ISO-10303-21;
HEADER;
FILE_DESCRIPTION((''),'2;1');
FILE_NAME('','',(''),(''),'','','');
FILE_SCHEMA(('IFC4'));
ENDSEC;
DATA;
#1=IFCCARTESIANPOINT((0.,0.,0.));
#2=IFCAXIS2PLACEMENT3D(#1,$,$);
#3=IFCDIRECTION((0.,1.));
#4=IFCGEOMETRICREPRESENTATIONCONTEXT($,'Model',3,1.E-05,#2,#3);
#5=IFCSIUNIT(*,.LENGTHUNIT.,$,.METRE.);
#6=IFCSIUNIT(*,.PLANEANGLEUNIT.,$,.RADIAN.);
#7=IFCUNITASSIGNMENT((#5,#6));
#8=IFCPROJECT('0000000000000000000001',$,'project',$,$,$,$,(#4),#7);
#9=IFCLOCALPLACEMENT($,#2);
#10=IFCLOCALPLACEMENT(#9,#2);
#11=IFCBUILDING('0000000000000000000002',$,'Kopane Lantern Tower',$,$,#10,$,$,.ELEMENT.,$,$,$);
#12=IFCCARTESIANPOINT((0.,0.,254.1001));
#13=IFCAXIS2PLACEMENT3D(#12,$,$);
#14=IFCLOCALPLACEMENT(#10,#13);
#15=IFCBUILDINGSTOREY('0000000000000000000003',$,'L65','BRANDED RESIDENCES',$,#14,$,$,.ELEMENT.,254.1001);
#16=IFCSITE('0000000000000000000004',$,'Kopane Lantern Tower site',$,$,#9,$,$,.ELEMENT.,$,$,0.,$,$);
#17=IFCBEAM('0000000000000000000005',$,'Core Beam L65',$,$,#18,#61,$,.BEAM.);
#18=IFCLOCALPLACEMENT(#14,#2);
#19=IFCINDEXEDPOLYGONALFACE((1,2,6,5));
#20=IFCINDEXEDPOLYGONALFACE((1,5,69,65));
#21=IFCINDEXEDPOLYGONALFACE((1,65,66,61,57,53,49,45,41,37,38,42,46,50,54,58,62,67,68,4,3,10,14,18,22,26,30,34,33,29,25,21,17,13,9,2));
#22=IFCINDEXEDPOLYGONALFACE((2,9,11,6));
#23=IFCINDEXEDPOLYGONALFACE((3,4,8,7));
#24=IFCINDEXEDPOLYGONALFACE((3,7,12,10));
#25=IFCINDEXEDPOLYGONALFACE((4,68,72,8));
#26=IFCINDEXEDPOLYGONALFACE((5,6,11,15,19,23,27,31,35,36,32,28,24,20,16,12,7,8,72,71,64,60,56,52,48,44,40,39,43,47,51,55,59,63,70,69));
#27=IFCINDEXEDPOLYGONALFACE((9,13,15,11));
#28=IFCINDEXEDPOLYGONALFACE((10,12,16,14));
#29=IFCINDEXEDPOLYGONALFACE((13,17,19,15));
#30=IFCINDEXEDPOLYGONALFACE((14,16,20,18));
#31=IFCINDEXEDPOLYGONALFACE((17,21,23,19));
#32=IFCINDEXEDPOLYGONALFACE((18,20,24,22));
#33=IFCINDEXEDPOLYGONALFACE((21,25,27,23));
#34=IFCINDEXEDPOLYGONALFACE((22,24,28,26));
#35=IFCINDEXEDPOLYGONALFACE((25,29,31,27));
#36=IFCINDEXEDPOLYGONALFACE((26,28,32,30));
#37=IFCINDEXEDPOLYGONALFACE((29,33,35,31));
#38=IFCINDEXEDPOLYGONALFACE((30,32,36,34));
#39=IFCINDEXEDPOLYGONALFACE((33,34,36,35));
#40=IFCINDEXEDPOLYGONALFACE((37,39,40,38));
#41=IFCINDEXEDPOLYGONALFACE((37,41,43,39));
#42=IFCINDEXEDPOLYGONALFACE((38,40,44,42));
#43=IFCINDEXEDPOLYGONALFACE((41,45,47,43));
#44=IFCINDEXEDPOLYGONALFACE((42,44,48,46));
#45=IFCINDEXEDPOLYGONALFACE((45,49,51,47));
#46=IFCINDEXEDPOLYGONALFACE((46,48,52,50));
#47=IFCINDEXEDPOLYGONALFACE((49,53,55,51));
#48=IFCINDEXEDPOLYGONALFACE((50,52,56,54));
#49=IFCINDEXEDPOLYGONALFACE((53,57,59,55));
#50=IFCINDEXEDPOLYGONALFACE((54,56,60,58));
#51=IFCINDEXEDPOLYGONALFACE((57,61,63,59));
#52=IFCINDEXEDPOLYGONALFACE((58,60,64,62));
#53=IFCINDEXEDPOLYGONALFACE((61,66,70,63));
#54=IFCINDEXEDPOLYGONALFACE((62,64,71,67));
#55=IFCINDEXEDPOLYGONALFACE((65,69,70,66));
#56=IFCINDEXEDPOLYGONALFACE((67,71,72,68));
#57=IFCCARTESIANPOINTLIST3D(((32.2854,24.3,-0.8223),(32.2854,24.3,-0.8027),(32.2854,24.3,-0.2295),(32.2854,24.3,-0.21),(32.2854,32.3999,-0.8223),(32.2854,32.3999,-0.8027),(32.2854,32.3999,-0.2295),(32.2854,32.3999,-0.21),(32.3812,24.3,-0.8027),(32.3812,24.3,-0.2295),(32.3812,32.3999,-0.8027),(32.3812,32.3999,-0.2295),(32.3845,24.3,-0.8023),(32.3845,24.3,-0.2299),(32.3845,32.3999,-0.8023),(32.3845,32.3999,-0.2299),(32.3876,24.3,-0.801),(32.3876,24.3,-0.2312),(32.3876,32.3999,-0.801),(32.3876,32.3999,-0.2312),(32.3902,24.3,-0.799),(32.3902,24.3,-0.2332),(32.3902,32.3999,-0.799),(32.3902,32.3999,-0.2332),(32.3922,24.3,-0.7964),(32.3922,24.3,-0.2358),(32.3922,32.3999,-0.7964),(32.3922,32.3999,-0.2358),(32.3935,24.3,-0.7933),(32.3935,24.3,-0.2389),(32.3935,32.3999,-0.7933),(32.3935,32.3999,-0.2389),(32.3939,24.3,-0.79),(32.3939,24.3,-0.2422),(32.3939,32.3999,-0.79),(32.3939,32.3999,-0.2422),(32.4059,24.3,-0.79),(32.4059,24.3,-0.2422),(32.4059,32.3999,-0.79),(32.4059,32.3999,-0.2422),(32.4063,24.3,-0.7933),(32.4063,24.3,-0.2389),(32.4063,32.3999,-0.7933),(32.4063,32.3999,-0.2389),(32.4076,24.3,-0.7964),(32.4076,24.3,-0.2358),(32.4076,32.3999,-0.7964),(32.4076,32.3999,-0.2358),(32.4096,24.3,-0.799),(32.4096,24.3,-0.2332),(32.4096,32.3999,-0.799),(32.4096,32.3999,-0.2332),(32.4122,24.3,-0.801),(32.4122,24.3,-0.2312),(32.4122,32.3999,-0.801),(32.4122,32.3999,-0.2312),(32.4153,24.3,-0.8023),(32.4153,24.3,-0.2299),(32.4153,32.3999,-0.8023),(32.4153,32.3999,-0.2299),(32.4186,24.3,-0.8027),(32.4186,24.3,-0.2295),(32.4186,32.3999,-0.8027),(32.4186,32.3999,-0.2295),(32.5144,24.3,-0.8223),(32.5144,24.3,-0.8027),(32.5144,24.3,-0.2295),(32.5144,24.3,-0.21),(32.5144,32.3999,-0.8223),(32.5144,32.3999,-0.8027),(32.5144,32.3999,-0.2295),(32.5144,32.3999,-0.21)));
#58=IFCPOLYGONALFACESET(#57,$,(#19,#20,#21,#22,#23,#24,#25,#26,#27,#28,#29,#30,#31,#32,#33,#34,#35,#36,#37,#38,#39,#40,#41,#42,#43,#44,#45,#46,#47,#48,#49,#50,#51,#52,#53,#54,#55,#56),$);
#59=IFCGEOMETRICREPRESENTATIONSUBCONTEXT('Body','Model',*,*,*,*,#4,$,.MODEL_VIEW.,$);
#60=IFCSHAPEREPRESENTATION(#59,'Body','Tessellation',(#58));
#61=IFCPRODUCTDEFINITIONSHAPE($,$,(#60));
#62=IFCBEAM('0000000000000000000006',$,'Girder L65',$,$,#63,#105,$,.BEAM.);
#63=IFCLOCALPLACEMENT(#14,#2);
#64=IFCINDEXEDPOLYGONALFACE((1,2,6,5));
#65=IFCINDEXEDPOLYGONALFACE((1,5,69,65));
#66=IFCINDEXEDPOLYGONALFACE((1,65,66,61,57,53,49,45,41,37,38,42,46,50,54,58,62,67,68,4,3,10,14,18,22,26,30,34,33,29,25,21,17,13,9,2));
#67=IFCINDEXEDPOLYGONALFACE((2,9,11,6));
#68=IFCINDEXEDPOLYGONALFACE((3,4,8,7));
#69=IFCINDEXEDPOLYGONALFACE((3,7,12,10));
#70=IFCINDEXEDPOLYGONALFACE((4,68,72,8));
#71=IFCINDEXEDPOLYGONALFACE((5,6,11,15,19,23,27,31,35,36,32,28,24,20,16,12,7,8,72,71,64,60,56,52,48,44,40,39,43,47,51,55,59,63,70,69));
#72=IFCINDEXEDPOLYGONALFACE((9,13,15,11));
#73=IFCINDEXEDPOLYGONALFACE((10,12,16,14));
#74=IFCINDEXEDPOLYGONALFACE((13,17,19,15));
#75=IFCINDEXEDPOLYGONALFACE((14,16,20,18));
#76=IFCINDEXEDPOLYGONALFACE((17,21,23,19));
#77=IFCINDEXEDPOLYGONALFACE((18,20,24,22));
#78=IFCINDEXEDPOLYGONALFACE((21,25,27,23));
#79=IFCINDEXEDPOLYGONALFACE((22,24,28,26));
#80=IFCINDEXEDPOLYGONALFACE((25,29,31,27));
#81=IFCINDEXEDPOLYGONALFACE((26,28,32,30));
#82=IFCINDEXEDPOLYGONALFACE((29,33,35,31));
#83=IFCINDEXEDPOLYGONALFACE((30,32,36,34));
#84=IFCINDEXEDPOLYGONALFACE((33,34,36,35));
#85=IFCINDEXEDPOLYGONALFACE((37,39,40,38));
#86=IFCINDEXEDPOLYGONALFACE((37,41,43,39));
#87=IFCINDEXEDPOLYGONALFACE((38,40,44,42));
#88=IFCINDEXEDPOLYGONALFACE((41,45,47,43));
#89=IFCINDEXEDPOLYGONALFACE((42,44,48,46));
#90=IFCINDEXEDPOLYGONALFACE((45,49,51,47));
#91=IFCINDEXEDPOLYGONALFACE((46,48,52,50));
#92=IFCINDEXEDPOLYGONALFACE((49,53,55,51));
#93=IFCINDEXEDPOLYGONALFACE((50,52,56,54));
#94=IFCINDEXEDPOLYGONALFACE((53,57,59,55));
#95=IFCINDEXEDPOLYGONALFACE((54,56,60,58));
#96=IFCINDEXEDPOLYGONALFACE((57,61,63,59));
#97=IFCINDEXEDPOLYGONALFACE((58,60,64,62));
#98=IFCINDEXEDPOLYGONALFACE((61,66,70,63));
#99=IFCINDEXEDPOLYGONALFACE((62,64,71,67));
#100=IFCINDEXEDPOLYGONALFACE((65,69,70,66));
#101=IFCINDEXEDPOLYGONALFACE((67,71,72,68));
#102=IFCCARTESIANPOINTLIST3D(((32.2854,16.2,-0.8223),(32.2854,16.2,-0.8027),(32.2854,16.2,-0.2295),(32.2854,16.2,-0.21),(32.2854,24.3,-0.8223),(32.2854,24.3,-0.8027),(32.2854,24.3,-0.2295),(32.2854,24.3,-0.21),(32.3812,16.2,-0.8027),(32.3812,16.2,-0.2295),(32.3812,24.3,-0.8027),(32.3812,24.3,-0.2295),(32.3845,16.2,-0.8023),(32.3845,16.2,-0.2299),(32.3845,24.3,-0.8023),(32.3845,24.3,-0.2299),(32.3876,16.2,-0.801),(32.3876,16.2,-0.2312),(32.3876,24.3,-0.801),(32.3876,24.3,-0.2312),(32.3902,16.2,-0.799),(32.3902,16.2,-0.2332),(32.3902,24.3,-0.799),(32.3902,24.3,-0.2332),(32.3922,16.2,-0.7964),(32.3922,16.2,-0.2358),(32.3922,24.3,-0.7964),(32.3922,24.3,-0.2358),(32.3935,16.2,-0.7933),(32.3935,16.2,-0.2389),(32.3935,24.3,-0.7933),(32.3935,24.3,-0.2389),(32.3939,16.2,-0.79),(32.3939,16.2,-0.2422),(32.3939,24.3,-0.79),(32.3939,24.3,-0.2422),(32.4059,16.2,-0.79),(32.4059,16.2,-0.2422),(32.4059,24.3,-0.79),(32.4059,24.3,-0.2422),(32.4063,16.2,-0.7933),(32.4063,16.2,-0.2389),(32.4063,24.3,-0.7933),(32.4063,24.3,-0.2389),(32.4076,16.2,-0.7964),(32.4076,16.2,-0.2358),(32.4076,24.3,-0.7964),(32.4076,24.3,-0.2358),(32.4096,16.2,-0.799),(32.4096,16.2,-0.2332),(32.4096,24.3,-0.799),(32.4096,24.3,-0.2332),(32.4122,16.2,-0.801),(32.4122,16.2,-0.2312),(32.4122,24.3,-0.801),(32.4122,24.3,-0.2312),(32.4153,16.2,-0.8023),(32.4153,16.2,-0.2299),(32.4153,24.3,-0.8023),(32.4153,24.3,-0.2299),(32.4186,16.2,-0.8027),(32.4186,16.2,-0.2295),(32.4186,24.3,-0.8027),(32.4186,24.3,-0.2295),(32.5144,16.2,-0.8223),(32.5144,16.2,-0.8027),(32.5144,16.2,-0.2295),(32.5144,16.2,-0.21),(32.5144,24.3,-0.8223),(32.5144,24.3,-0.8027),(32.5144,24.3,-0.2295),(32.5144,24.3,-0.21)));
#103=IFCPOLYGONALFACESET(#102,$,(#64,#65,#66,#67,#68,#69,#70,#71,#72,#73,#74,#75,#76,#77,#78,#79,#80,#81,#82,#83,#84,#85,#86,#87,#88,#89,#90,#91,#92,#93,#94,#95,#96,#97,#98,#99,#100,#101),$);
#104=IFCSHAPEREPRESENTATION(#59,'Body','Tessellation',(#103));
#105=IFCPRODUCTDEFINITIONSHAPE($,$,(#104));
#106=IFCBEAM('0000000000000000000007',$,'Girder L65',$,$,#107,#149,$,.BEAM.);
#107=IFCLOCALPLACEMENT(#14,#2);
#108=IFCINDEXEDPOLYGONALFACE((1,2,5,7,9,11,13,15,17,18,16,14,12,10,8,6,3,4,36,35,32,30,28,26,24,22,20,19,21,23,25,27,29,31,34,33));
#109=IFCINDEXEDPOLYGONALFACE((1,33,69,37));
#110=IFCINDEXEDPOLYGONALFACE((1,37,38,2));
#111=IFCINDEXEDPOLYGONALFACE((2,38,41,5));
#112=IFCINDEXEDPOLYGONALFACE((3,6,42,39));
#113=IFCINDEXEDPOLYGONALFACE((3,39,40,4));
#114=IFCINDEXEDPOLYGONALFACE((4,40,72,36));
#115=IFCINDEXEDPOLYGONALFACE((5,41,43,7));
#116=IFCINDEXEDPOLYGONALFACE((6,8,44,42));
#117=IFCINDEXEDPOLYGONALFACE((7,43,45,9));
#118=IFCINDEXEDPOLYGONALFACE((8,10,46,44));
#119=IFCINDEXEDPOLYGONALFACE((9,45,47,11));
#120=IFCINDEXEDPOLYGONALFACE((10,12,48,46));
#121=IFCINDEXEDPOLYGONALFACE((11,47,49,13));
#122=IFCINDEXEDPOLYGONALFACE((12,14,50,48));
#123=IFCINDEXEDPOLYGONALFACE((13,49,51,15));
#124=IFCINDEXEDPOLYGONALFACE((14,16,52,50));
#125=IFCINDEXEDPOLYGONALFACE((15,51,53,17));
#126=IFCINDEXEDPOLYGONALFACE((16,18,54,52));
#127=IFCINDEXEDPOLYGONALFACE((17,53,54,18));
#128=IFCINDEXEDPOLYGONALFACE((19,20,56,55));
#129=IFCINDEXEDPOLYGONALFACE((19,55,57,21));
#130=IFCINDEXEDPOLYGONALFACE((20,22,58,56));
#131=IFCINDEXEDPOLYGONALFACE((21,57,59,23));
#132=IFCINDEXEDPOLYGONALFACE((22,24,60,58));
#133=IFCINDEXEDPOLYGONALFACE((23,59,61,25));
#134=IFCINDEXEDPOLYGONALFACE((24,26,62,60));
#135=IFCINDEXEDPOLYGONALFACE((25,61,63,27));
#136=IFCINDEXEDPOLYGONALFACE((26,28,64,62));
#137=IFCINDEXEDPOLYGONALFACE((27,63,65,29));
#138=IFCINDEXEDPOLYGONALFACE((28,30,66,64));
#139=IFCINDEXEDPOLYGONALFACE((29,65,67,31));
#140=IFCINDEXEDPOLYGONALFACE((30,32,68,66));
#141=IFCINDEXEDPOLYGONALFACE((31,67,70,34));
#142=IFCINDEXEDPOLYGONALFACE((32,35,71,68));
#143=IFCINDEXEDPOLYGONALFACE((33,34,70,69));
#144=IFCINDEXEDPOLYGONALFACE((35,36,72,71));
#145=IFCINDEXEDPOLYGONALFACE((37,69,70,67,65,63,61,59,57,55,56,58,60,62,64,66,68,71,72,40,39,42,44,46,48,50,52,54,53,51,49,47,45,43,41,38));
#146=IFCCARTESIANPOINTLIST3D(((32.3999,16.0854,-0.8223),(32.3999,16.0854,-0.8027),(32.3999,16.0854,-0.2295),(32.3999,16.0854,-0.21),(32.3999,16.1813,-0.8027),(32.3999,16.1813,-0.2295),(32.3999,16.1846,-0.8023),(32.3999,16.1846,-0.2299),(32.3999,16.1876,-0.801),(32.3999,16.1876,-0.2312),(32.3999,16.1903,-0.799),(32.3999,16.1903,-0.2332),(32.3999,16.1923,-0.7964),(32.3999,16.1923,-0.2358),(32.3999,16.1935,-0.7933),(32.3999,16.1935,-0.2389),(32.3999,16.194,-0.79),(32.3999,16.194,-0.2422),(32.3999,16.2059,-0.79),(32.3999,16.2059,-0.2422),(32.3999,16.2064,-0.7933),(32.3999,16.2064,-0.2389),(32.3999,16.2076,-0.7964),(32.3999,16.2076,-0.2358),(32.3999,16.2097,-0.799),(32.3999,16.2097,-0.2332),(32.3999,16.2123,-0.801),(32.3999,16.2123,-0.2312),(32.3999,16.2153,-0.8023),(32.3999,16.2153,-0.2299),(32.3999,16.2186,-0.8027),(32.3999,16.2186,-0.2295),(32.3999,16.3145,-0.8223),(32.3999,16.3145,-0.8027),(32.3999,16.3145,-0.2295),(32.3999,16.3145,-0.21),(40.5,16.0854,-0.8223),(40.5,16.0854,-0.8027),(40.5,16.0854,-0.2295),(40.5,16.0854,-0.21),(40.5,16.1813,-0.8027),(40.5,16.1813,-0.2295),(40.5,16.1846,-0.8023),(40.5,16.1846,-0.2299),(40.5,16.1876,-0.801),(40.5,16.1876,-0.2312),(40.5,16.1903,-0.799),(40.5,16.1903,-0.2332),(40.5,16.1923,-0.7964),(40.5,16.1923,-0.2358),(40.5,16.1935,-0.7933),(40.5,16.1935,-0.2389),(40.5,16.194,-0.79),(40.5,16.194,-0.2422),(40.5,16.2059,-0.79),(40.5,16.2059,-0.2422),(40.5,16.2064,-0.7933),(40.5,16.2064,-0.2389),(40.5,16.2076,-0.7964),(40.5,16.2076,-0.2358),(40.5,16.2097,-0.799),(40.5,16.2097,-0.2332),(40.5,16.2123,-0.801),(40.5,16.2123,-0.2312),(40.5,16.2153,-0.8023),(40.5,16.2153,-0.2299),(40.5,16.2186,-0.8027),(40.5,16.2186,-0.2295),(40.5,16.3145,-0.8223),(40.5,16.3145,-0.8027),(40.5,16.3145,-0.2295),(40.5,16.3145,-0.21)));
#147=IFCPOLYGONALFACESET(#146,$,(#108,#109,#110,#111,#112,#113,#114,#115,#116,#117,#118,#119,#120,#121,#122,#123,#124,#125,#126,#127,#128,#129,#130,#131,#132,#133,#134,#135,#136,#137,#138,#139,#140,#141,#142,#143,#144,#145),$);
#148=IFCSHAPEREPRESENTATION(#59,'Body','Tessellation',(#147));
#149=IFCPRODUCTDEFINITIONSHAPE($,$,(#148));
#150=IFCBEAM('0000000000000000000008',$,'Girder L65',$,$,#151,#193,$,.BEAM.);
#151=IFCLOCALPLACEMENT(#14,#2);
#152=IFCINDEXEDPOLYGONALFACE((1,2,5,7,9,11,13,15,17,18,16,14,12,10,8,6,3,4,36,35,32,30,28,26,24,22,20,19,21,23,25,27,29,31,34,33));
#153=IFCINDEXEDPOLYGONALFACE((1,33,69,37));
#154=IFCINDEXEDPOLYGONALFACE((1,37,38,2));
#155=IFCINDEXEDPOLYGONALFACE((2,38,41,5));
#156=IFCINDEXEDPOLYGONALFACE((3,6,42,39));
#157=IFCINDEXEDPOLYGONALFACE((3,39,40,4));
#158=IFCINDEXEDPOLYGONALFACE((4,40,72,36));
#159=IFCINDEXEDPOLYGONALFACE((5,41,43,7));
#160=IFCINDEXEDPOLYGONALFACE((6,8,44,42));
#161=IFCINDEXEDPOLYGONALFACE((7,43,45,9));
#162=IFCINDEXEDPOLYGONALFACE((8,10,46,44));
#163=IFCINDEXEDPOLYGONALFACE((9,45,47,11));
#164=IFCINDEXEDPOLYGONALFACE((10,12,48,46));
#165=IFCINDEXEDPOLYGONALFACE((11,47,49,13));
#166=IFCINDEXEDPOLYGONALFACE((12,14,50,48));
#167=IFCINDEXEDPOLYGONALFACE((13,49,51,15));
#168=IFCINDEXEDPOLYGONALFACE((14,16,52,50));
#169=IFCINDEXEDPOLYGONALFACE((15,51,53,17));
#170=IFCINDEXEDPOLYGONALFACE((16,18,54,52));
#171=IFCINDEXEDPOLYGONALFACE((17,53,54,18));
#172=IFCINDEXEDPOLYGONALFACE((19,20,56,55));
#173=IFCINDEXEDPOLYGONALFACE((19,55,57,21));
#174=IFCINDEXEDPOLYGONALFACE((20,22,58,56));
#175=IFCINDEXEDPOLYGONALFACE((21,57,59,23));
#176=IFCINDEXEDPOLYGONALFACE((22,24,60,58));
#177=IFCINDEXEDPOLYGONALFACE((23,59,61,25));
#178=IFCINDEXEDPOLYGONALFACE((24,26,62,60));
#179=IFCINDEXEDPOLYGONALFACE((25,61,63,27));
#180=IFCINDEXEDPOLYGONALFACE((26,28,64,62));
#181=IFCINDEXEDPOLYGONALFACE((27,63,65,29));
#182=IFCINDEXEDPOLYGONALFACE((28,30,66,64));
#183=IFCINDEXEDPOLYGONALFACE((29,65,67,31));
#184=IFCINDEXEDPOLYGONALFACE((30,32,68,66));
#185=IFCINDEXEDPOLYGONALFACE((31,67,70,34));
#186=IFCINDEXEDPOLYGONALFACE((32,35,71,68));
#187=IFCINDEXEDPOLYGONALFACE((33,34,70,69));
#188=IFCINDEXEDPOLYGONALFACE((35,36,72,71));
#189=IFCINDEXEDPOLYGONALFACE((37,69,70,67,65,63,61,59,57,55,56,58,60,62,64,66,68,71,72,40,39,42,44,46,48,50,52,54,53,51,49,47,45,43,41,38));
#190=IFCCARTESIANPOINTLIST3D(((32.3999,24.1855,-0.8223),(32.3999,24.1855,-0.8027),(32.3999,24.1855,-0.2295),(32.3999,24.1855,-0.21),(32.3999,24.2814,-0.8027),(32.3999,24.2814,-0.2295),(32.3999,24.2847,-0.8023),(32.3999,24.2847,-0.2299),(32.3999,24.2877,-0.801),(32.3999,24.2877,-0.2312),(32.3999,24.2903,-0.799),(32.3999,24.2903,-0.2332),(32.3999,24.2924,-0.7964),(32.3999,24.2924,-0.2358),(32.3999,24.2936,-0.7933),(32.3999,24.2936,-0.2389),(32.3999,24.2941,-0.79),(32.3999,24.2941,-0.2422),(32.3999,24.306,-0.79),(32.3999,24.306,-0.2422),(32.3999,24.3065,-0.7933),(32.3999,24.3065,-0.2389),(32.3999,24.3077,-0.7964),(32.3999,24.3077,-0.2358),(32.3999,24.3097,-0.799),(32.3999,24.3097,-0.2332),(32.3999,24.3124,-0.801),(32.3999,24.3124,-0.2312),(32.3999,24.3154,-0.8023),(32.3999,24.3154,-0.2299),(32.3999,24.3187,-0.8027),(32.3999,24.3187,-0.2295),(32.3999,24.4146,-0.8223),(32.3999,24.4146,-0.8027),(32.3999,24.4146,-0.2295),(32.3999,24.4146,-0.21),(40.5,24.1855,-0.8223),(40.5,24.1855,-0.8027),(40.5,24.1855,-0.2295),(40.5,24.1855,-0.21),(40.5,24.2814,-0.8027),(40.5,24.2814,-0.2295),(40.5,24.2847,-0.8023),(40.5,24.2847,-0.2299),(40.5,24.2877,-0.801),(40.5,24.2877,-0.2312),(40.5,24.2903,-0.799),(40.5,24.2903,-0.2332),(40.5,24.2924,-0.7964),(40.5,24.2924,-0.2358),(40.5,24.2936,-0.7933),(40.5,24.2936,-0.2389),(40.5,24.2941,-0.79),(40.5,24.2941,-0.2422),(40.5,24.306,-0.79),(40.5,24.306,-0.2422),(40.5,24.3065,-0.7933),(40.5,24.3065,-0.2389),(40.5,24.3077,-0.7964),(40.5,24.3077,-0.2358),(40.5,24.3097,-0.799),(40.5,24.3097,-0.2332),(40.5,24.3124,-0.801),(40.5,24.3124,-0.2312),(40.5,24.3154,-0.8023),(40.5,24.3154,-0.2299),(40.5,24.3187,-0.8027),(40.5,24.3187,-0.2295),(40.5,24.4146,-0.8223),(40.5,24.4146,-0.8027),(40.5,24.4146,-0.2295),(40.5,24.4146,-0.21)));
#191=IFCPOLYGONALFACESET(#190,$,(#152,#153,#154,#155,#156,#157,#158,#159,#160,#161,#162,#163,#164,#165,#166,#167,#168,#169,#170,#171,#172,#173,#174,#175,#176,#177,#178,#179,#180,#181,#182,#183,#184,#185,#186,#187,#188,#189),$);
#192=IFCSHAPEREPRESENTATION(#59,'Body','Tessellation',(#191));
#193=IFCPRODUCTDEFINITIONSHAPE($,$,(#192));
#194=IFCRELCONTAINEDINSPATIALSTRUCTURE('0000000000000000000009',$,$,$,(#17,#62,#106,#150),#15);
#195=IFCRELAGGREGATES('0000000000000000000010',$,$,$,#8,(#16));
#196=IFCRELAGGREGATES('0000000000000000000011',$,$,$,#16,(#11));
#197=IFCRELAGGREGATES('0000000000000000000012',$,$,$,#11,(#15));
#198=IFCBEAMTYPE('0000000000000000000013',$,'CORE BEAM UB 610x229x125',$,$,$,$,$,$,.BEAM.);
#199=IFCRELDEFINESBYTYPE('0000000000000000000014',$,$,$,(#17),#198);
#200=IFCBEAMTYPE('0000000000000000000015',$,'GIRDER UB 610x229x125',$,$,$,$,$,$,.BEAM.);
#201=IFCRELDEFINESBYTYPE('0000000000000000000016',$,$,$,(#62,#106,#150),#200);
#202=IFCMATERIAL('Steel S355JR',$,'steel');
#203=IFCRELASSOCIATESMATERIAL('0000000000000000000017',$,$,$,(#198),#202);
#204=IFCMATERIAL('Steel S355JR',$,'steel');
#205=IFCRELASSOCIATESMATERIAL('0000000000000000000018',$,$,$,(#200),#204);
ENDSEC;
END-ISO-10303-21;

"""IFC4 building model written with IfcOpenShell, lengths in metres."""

from ifc_helpers import new_model, si_unit, direction, frame, origin, origin_2d, place, context, subcontext, project, spatial, i_section, extrude, material, material_profile, profile_set, type_object, element, save


model = new_model("IFC4")

# Units and contexts
model_context = context("Model", 3, precision=1e-05, world=origin(), true_north=direction((0.0, 1.0)))
body_context = subcontext(model_context, "Body", "Model", "MODEL_VIEW")
ifc_project = project(units=[si_unit("LENGTHUNIT", "METRE"), si_unit("PLANEANGLEUNIT", "RADIAN")], contexts=[model_context])

# Site, building, storey
site_placement = place(None, origin())
site = spatial("IfcSite", under=ifc_project, at=site_placement, Name="Kopane Lantern Tower site", CompositionType="ELEMENT", RefElevation=0.0)
building_placement = place(site_placement, origin())
building = spatial("IfcBuilding", under=site, at=building_placement, Name="Kopane Lantern Tower", CompositionType="ELEMENT")
storey_placement = place(building_placement, frame((0.0, 0.0, 254.1001)))
storey = spatial("IfcBuildingStorey", under=building, at=storey_placement, Name="L65", Description="BRANDED RESIDENCES", CompositionType="ELEMENT", Elevation=254.1001)

# Beams
ifc_material_1 = material(Name="Steel S355JR", Category="steel")
ifc_material_profile_1 = material_profile(ifc_material_1, i_section(OverallWidth=0.229, OverallDepth=0.6123, WebThickness=0.012, FlangeThickness=0.0195, FilletRadius=0.0127, at=origin_2d()), Name="UB 610x229x125")
ifc_profile_set_1 = profile_set([ifc_material_profile_1], Name="Steel S355JR")
beam_type_1 = type_object("IfcBeamType", Name="CORE BEAM UB 610x229x125", PredefinedType="BEAM", material=ifc_profile_set_1)
beam_placement = place(storey_placement, frame((32.3999, 24.3, -0.5161), z_axis=(0.0, 1.0, 0.0), x_axis=(-1.0, 0.0, 0.0)))
element("IfcBeam", 1, at=beam_placement, inside=storey, type_object=beam_type_1, Name="Core Beam L65", PredefinedType="BEAM", context=body_context, shape_type="SweptSolid", body=[
    extrude(i_section(OverallWidth=0.229, OverallDepth=0.6123, WebThickness=0.012, FlangeThickness=0.0195, FilletRadius=0.0127, at=origin_2d()), origin(), (0.0, 0.0, 1.0), 8.0999),
])
ifc_material_2 = material(Name="Steel S355JR", Category="steel")
ifc_material_profile_2 = material_profile(ifc_material_2, i_section(OverallWidth=0.229, OverallDepth=0.6123, WebThickness=0.012, FlangeThickness=0.0195, FilletRadius=0.0127, at=origin_2d()), Name="UB 610x229x125")
ifc_profile_set_2 = profile_set([ifc_material_profile_2], Name="Steel S355JR")
beam_type_2 = type_object("IfcBeamType", Name="GIRDER UB 610x229x125", PredefinedType="BEAM", material=ifc_profile_set_2)
for number, where, z_axis, x_axis, name in (
    (2, (32.3999, 16.2, -0.5161), (0.0, 1.0, 0.0), (-1.0, 0.0, 0.0), "Girder L65"),
    (3, (32.3999, 16.2, -0.5161), (1.0, 0.0, 0.0), (0.0, 1.0, 0.0), "Girder L65"),
    (4, (32.3999, 24.3, -0.5161), (1.0, 0.0, 0.0), (0.0, 1.0, 0.0), "Girder L65"),
):
    element("IfcBeam", number, at=place(storey_placement, frame(where, z_axis=z_axis, x_axis=x_axis)), inside=storey, type_object=beam_type_2, Name=name, PredefinedType="BEAM", context=body_context, shape_type="SweptSolid", body=[
        extrude(i_section(OverallWidth=0.229, OverallDepth=0.6123, WebThickness=0.012, FlangeThickness=0.0195, FilletRadius=0.0127, at=origin_2d()), origin(), (0.0, 0.0, 1.0), 8.1001),
    ])

save(model, "model.ifc")
